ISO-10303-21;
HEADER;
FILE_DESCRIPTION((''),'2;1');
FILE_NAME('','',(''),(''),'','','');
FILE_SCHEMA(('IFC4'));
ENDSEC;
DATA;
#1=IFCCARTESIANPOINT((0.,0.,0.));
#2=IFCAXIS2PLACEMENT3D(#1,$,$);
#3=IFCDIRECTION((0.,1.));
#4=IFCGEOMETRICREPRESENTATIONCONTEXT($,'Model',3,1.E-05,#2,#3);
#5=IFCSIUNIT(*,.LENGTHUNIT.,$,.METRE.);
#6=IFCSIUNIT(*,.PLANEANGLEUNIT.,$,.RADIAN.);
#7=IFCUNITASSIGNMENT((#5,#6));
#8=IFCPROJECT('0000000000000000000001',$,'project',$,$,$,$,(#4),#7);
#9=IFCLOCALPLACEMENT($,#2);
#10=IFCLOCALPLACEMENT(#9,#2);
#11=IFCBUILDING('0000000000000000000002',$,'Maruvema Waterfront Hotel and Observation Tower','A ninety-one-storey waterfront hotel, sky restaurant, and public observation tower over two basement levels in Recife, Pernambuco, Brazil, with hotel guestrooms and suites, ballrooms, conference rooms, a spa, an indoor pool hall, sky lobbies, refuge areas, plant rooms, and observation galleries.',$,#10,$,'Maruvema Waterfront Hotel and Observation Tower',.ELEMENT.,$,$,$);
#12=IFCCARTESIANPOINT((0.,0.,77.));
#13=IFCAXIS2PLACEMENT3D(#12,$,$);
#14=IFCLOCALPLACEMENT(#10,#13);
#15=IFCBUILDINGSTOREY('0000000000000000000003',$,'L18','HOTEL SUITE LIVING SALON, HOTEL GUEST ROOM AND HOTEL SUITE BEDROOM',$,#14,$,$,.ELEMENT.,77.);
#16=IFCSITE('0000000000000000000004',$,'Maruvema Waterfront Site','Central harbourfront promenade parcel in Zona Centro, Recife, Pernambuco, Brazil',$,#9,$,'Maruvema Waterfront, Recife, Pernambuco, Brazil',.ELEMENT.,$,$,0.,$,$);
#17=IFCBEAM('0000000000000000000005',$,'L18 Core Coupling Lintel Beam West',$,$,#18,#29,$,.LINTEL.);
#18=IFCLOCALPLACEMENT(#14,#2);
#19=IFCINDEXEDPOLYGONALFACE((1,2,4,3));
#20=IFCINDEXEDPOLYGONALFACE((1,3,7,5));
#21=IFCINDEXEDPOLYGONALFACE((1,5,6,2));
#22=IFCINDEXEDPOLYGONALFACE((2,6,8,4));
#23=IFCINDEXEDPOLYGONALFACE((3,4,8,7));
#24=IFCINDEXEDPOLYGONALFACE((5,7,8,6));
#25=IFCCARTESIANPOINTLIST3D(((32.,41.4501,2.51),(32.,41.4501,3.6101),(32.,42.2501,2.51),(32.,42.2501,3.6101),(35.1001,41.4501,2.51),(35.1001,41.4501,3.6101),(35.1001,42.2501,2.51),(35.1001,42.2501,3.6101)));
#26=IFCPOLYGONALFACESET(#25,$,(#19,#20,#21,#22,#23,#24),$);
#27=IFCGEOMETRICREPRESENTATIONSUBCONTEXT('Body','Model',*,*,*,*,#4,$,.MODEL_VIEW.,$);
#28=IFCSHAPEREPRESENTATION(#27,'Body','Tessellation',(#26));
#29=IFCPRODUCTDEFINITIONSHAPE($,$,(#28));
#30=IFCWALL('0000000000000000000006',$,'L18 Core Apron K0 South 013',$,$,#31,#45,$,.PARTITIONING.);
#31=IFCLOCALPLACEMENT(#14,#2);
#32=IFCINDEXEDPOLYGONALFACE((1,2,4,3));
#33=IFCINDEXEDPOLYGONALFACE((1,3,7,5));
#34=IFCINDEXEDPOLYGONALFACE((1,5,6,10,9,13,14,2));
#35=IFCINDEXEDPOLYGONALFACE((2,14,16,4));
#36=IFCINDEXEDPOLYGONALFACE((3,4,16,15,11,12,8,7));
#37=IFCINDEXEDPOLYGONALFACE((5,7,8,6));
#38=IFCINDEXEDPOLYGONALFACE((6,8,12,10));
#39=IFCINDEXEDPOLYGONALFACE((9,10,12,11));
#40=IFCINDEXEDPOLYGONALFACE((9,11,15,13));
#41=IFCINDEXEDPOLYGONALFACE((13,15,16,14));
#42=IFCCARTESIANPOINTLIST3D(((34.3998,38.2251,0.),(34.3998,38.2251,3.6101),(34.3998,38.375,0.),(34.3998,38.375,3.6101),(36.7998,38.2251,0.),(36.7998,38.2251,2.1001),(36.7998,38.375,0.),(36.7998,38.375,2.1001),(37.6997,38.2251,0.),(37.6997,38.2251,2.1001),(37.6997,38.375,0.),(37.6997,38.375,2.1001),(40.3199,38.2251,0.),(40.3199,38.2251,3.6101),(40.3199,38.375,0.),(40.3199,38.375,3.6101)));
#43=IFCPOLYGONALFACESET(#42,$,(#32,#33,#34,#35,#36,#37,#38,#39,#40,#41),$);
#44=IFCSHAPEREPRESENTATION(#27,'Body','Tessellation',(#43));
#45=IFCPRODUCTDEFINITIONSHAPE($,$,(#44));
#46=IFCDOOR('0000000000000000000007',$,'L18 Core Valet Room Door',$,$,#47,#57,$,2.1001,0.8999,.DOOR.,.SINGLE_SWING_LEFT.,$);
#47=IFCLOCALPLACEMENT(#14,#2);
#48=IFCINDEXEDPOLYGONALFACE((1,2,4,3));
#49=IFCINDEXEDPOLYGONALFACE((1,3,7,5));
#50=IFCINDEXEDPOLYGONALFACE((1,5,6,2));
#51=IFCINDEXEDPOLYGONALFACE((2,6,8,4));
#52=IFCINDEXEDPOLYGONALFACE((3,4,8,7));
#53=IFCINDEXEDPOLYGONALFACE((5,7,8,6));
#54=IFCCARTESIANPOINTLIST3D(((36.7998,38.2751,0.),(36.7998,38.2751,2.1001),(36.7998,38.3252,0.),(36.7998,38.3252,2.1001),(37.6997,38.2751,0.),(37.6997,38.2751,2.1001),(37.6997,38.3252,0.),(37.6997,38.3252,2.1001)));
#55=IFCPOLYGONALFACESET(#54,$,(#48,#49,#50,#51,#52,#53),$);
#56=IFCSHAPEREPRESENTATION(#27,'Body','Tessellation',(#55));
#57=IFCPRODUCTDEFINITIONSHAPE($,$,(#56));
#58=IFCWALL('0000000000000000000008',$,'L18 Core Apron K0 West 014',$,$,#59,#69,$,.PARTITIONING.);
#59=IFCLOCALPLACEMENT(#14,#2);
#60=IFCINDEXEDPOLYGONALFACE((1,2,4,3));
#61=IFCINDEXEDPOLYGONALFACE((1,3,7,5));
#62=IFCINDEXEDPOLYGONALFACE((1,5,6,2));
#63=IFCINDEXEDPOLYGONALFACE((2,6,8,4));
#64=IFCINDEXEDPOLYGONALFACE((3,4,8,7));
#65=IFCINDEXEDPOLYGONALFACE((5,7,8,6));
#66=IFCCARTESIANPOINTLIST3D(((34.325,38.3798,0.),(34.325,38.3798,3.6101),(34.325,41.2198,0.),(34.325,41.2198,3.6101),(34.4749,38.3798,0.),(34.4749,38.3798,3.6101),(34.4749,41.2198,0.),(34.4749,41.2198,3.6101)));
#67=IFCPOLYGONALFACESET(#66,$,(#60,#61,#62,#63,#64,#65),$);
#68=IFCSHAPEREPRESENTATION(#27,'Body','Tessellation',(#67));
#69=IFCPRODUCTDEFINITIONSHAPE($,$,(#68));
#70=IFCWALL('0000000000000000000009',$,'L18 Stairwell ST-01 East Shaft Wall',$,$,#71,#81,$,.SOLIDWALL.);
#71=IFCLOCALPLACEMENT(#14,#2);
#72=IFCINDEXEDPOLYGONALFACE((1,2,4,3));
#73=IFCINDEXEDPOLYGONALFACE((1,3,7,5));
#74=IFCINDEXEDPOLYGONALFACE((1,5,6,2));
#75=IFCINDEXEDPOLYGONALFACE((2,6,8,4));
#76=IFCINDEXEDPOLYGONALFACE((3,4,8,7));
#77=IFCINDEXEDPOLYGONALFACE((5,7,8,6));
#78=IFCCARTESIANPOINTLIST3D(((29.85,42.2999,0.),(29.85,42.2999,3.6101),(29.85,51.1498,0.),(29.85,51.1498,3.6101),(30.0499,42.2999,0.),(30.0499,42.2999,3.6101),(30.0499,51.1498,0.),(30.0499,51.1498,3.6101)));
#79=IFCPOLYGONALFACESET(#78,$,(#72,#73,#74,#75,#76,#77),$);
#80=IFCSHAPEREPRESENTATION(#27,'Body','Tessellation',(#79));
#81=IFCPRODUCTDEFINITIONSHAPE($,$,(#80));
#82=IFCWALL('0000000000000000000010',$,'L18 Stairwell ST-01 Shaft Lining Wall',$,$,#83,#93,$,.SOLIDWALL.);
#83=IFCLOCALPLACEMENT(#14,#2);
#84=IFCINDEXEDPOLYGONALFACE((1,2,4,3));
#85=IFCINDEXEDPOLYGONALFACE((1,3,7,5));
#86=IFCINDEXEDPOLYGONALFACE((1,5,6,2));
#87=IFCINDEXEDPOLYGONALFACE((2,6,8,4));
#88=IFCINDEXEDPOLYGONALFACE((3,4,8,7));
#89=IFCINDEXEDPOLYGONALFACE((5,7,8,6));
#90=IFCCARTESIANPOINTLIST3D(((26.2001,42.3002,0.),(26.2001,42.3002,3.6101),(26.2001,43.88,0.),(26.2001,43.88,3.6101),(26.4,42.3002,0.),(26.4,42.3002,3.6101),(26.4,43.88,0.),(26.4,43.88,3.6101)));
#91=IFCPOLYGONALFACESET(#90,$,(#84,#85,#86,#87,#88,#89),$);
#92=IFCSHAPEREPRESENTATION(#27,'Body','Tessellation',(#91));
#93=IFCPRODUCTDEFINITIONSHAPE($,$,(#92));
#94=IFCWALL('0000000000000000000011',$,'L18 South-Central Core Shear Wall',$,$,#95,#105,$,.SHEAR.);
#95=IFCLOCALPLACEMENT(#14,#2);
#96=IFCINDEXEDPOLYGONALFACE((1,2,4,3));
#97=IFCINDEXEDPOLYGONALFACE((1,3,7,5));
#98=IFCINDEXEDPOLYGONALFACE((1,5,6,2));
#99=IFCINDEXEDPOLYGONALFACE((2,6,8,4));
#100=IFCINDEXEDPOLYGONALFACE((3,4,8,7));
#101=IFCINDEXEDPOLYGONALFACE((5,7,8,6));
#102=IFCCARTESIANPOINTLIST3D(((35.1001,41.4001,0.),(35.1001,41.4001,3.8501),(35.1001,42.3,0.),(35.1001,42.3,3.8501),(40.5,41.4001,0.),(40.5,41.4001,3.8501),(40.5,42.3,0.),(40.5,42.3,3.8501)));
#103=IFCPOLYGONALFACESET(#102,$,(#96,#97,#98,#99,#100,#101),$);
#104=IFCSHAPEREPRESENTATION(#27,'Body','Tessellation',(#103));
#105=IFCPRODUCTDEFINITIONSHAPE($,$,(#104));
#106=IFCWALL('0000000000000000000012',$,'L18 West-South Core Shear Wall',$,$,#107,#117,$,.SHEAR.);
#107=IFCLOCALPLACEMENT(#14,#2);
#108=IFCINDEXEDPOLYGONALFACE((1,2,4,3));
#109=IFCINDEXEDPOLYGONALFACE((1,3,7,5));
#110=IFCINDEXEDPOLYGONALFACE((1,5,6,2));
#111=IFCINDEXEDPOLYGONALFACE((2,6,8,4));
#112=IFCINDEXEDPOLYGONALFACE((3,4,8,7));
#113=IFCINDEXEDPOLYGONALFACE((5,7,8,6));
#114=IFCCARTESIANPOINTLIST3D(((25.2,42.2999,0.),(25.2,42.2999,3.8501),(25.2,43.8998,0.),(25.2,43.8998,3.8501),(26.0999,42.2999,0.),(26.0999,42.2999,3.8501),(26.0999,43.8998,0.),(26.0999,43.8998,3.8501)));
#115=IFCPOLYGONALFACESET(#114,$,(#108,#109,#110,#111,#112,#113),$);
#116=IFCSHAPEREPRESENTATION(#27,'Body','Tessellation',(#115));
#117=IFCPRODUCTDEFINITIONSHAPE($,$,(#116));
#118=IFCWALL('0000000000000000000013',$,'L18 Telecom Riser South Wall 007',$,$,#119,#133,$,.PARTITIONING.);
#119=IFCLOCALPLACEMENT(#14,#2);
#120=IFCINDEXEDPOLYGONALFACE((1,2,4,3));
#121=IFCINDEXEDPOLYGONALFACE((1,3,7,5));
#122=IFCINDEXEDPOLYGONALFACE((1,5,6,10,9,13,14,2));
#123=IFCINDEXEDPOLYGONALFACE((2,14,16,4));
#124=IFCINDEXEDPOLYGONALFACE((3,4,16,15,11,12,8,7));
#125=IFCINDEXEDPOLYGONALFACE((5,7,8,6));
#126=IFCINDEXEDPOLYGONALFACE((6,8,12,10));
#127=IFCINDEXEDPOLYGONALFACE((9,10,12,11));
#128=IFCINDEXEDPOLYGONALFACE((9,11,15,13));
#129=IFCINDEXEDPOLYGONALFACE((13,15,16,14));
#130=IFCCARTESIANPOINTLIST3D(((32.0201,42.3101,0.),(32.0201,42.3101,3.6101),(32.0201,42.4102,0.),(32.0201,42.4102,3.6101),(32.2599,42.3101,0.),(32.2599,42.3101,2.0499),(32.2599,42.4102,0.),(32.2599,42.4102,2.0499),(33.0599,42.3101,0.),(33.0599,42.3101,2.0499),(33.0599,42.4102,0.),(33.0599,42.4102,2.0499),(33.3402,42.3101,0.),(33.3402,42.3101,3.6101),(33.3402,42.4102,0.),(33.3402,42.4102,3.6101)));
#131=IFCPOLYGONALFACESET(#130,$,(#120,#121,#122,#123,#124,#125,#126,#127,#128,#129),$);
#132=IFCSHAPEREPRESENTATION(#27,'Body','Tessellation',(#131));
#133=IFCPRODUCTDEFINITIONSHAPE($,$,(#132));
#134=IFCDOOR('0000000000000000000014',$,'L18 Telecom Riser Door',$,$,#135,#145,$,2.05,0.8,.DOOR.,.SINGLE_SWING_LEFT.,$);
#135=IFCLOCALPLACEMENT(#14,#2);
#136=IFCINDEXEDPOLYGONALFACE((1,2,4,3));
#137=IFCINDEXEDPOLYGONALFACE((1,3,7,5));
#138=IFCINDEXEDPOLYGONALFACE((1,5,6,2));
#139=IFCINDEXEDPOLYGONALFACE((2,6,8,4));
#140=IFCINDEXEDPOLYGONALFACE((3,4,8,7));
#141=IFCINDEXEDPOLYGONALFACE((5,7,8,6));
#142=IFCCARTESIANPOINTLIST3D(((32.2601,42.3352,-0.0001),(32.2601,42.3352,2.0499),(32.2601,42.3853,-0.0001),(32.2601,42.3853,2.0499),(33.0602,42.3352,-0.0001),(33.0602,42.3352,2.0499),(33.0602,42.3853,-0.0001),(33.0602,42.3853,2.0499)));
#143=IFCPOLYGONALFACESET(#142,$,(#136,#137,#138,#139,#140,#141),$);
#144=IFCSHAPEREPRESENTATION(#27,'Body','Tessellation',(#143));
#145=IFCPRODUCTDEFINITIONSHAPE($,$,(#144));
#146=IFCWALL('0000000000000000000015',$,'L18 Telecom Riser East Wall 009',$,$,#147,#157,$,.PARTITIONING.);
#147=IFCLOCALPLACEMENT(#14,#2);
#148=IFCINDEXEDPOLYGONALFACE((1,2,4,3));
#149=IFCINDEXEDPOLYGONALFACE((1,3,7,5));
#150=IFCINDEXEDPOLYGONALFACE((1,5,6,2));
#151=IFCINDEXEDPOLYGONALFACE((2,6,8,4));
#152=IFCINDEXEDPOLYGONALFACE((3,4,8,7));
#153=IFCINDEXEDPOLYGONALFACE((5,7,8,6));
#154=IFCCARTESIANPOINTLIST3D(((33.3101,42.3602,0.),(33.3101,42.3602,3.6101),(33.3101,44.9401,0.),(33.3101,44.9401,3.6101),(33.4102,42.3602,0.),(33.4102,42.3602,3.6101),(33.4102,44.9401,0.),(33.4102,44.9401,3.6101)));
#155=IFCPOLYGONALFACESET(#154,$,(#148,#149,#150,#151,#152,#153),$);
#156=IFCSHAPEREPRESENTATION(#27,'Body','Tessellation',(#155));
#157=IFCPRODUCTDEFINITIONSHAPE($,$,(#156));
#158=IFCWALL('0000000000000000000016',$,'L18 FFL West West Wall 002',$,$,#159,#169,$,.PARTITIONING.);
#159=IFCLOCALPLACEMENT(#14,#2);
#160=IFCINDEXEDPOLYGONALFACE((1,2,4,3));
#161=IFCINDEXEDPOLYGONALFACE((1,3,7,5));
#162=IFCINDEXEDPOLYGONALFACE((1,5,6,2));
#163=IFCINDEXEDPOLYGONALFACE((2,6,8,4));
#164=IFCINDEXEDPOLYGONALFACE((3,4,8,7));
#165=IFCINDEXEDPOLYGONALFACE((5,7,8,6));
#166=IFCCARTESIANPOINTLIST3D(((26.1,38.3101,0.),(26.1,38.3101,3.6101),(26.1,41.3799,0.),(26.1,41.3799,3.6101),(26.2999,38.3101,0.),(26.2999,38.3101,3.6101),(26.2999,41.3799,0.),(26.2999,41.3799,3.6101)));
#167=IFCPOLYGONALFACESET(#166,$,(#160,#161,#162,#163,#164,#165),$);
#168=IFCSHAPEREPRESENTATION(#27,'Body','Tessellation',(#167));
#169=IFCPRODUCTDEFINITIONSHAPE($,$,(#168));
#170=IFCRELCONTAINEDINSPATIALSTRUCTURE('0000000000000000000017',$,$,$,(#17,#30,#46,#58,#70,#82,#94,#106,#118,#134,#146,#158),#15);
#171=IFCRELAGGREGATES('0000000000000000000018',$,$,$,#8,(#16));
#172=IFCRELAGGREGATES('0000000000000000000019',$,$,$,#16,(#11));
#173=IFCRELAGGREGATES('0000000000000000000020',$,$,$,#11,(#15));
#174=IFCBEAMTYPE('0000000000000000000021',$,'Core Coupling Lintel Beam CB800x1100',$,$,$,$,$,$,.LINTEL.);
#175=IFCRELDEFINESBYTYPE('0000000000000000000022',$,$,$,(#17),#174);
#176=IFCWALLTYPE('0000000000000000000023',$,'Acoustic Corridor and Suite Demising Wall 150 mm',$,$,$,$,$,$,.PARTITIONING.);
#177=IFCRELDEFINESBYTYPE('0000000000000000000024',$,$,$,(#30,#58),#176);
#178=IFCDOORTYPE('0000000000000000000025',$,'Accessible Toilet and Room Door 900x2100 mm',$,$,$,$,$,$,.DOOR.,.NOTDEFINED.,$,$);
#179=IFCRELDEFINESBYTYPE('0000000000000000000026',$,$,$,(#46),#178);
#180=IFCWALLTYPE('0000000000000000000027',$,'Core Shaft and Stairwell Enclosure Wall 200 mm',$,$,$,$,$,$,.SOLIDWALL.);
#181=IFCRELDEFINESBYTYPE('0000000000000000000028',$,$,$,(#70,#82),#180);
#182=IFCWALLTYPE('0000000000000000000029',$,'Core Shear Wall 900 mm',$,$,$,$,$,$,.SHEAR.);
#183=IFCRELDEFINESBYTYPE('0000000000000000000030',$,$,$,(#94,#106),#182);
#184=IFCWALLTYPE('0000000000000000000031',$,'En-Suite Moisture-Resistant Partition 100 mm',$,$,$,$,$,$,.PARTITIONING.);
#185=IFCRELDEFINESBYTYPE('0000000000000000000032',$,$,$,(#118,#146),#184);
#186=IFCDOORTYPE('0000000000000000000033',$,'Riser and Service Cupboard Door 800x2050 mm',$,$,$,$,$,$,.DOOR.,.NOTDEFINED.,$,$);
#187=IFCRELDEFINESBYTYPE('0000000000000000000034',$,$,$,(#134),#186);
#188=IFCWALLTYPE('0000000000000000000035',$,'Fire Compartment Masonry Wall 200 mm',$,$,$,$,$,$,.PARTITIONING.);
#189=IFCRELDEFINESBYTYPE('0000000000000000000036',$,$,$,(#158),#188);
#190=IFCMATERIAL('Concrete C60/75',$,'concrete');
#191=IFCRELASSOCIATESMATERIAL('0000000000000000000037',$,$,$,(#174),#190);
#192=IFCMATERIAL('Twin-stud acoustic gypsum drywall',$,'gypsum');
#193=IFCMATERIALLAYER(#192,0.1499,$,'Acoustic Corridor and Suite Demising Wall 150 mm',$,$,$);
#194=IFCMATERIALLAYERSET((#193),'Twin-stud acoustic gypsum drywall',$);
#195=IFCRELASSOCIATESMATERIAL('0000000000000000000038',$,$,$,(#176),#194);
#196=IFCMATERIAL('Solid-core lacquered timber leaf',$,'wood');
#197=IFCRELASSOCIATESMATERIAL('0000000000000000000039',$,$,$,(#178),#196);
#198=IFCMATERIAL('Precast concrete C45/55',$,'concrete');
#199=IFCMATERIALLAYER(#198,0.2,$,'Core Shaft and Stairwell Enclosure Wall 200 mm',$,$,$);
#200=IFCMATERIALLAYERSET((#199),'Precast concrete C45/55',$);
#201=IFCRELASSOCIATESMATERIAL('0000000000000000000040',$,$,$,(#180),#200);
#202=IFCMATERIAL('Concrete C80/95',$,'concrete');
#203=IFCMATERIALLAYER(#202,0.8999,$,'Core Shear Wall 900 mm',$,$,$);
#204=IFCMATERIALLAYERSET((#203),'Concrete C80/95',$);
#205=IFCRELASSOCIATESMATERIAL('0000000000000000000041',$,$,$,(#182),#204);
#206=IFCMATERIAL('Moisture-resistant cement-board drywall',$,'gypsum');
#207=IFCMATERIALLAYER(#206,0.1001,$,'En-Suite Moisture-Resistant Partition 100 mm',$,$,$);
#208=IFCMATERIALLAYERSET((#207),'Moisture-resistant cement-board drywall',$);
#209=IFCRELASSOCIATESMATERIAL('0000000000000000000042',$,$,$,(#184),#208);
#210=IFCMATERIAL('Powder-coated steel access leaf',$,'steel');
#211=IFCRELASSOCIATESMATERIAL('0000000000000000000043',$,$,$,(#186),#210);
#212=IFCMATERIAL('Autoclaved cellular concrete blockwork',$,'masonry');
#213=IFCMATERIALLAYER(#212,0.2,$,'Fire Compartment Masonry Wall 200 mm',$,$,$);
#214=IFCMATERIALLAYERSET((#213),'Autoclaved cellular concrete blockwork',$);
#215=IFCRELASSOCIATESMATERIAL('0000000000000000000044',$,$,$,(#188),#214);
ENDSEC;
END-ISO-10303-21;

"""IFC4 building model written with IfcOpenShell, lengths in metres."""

from ifc_helpers import new_model, si_unit, direction, frame, frame_2d, origin, origin_2d, place, context, subcontext, project, spatial, rectangle, extrude, material, layer, layer_set, material_profile, profile_set, type_object, element, fill, save


model = new_model("IFC4")

# Units and contexts
model_context = context("Model", 3, precision=1e-05, world=origin(), true_north=direction((0.0, 1.0)))
body_context = subcontext(model_context, "Body", "Model", "MODEL_VIEW")
ifc_project = project(units=[si_unit("LENGTHUNIT", "METRE"), si_unit("PLANEANGLEUNIT", "RADIAN")], contexts=[model_context])

# Site, building, storey
site_placement = place(None, origin())
site = spatial("IfcSite", under=ifc_project, at=site_placement, Name="Maruvema Waterfront Site", Description="Central harbourfront promenade parcel in Zona Centro, Recife, Pernambuco, Brazil", LongName="Maruvema Waterfront, Recife, Pernambuco, Brazil", CompositionType="ELEMENT", RefElevation=0.0)
building_placement = place(site_placement, origin())
building = spatial("IfcBuilding", under=site, at=building_placement, Name="Maruvema Waterfront Hotel and Observation Tower", Description="A ninety-one-storey waterfront hotel, sky restaurant, and public observation tower over two basement levels in Recife, Pernambuco, Brazil, with hotel guestrooms and suites, ballrooms, conference rooms, a spa, an indoor pool hall, sky lobbies, refuge areas, plant rooms, and observation galleries.", LongName="Maruvema Waterfront Hotel and Observation Tower", CompositionType="ELEMENT")
storey_placement = place(building_placement, frame((0.0, 0.0, 77.0)))
storey = spatial("IfcBuildingStorey", under=building, at=storey_placement, Name="L18", Description="HOTEL SUITE LIVING SALON, HOTEL GUEST ROOM AND HOTEL SUITE BEDROOM", CompositionType="ELEMENT", Elevation=77.0)

# Beam
ifc_material_1 = material(Name="Concrete C60/75", Category="concrete")
ifc_material_profile = material_profile(ifc_material_1, rectangle(XDim=0.8, YDim=1.1001, at=origin_2d()), Name="CB800x1100")
ifc_profile_set = profile_set([ifc_material_profile], Name="Concrete C60/75")
beam_type = type_object("IfcBeamType", Name="Core Coupling Lintel Beam CB800x1100", PredefinedType="LINTEL", material=ifc_profile_set)
beam_placement = place(storey_placement, frame((32.0, 41.8501, 3.0601), z_axis=(1.0, 0.0, 0.0), x_axis=(0.0, 1.0, 0.0)))
element("IfcBeam", 1, at=beam_placement, inside=storey, type_object=beam_type, Name="L18 Core Coupling Lintel Beam West", PredefinedType="LINTEL", context=body_context, shape_type="SweptSolid", body=[
    extrude(rectangle(XDim=0.8, YDim=1.1001, at=origin_2d()), origin(), (0.0, 0.0, 1.0), 3.1001),
])

# Wall, opening, door
ifc_material_2 = material(Name="Twin-stud acoustic gypsum drywall", Category="gypsum")
ifc_layer_1 = layer(ifc_material_2, 0.1499, Name="Acoustic Corridor and Suite Demising Wall 150 mm")
ifc_layer_set_1 = layer_set([ifc_layer_1], Name="Twin-stud acoustic gypsum drywall")
wall_type_1 = type_object("IfcWallType", Name="Acoustic Corridor and Suite Demising Wall 150 mm", PredefinedType="PARTITIONING", material=ifc_layer_set_1)
wall_1_placement = place(storey_placement, frame((34.3999, 38.3, 0.0), z_axis=(0.0, 0.0, 1.0), x_axis=(1.0, 0.0, 0.0)))
wall_1 = element("IfcWall", 2, at=wall_1_placement, inside=storey, type_object=wall_type_1, Name="L18 Core Apron K0 South 013", PredefinedType="PARTITIONING", context=body_context, shape_type="SweptSolid", body=[
    extrude(rectangle(XDim=5.9202, YDim=0.1499, at=frame_2d((2.96, 0.0))), origin(), (0.0, 0.0, 1.0), 3.6101),
])
opening_1_placement = place(wall_1_placement, frame((2.3999, 0.0, 0.0)))
opening_1 = element("IfcOpeningElement", 3, at=opening_1_placement, cuts=wall_1, PredefinedType="OPENING", context=body_context, shape_type="SweptSolid", body=[
    extrude(rectangle(XDim=0.8999, YDim=2.1001, at=frame_2d((0.45, 1.05))), frame((0.0, 0.085, 0.0), z_axis=(0.0, -1.0, 0.0), x_axis=(1.0, 0.0, 0.0)), (0.0, 0.0, 1.0), 0.1699),
])
ifc_material_3 = material(Name="Solid-core lacquered timber leaf", Category="wood")
door_type_1 = type_object("IfcDoorType", Name="Accessible Toilet and Room Door 900x2100 mm", OperationType="NOTDEFINED", PredefinedType="DOOR", material=ifc_material_3)
door_1_placement = place(opening_1_placement, frame((0.8999, 0.0, 0.0), z_axis=(0.0, 0.0, 1.0), x_axis=(-1.0, 0.0, 0.0)))
door_1 = element("IfcDoor", 4, at=door_1_placement, inside=storey, type_object=door_type_1, Name="L18 Core Valet Room Door", OperationType="SINGLE_SWING_LEFT", OverallHeight=2.1001, OverallWidth=0.8999, PredefinedType="DOOR", context=body_context, shape_type="SweptSolid", body=[
    extrude(rectangle(XDim=0.8999, YDim=2.1001, at=frame_2d((0.45, 1.05))), frame((0.0, 0.0249, 0.0), z_axis=(0.0, -1.0, 0.0), x_axis=(1.0, 0.0, 0.0)), (0.0, 0.0, 1.0), 0.05),
])
fill(opening_1, door_1)

# Wall
wall_2_placement = place(storey_placement, frame((34.3999, 38.3799, 0.0), z_axis=(0.0, 0.0, 1.0), x_axis=(0.0, 1.0, 0.0)))
element("IfcWall", 5, at=wall_2_placement, inside=storey, type_object=wall_type_1, Name="L18 Core Apron K0 West 014", PredefinedType="PARTITIONING", context=body_context, shape_type="SweptSolid", body=[
    extrude(rectangle(XDim=2.8401, YDim=0.1499, at=frame_2d((1.4199, 0.0))), origin(), (0.0, 0.0, 1.0), 3.6101),
])

# Walls
ifc_material_4 = material(Name="Precast concrete C45/55", Category="concrete")
ifc_layer_2 = layer(ifc_material_4, 0.2, Name="Core Shaft and Stairwell Enclosure Wall 200 mm")
ifc_layer_set_2 = layer_set([ifc_layer_2], Name="Precast concrete C45/55")
wall_type_2 = type_object("IfcWallType", Name="Core Shaft and Stairwell Enclosure Wall 200 mm", PredefinedType="SOLIDWALL", material=ifc_layer_set_2)
wall_3_placement = place(storey_placement, frame((29.95, 42.3, 0.0), z_axis=(0.0, 0.0, 1.0), x_axis=(0.0, 1.0, 0.0)))
element("IfcWall", 6, at=wall_3_placement, inside=storey, type_object=wall_type_2, Name="L18 Stairwell ST-01 East Shaft Wall", PredefinedType="SOLIDWALL", context=body_context, shape_type="SweptSolid", body=[
    extrude(rectangle(XDim=8.8499, YDim=0.2, at=frame_2d((4.4248, 0.0))), origin(), (0.0, 0.0, 1.0), 3.6101),
])
wall_4_placement = place(storey_placement, frame((26.3, 42.3, 0.0), z_axis=(0.0, 0.0, 1.0), x_axis=(0.0, 1.0, 0.0)))
element("IfcWall", 7, at=wall_4_placement, inside=storey, type_object=wall_type_2, Name="L18 Stairwell ST-01 Shaft Lining Wall", PredefinedType="SOLIDWALL", context=body_context, shape_type="SweptSolid", body=[
    extrude(rectangle(XDim=1.5798, YDim=0.2, at=frame_2d((0.79, 0.0))), origin(), (0.0, 0.0, 1.0), 3.6101),
])

# Shared definitions
ifc_material_5 = material(Name="Concrete C80/95", Category="concrete")
ifc_layer_3 = layer(ifc_material_5, 0.8999, Name="Core Shear Wall 900 mm")
ifc_layer_set_3 = layer_set([ifc_layer_3], Name="Concrete C80/95")
wall_type_3 = type_object("IfcWallType", Name="Core Shear Wall 900 mm", PredefinedType="SHEAR", material=ifc_layer_set_3)

# Walls
wall_5_placement = place(storey_placement, frame((35.1001, 41.8501, 0.0), z_axis=(0.0, 0.0, 1.0), x_axis=(1.0, 0.0, 0.0)))
element("IfcWall", 8, at=wall_5_placement, inside=storey, type_object=wall_type_3, Name="L18 South-Central Core Shear Wall", PredefinedType="SHEAR", context=body_context, shape_type="SweptSolid", body=[
    extrude(rectangle(XDim=5.3999, YDim=0.8999, at=frame_2d((2.7, 0.0))), origin(), (0.0, 0.0, 1.0), 3.8501),
])
wall_6_placement = place(storey_placement, frame((25.6499, 42.3, 0.0), z_axis=(0.0, 0.0, 1.0), x_axis=(0.0, 1.0, 0.0)))
element("IfcWall", 9, at=wall_6_placement, inside=storey, type_object=wall_type_3, Name="L18 West-South Core Shear Wall", PredefinedType="SHEAR", context=body_context, shape_type="SweptSolid", body=[
    extrude(rectangle(XDim=1.5999, YDim=0.8999, at=frame_2d((0.7998, 0.0))), origin(), (0.0, 0.0, 1.0), 3.8501),
])

# Wall, opening, door
ifc_material_6 = material(Name="Moisture-resistant cement-board drywall", Category="gypsum")
ifc_layer_4 = layer(ifc_material_6, 0.1001, Name="En-Suite Moisture-Resistant Partition 100 mm")
ifc_layer_set_4 = layer_set([ifc_layer_4], Name="Moisture-resistant cement-board drywall")
wall_type_4 = type_object("IfcWallType", Name="En-Suite Moisture-Resistant Partition 100 mm", PredefinedType="PARTITIONING", material=ifc_layer_set_4)
wall_7_placement = place(storey_placement, frame((32.02, 42.3601, 0.0), z_axis=(0.0, 0.0, 1.0), x_axis=(1.0, 0.0, 0.0)))
wall_7 = element("IfcWall", 10, at=wall_7_placement, inside=storey, type_object=wall_type_4, Name="L18 Telecom Riser South Wall 007", PredefinedType="PARTITIONING", context=body_context, shape_type="SweptSolid", body=[
    extrude(rectangle(XDim=1.3201, YDim=0.1001, at=frame_2d((0.6602, 0.0))), origin(), (0.0, 0.0, 1.0), 3.6101),
])
opening_2_placement = place(wall_7_placement, frame((0.24, 0.0, 0.0)))
opening_2 = element("IfcOpeningElement", 11, at=opening_2_placement, cuts=wall_7, PredefinedType="OPENING", context=body_context, shape_type="SweptSolid", body=[
    extrude(rectangle(XDim=0.8, YDim=2.05, at=frame_2d((0.3999, 1.0249))), frame((0.0, 0.0601, 0.0), z_axis=(0.0, -1.0, 0.0), x_axis=(1.0, 0.0, 0.0)), (0.0, 0.0, 1.0), 0.1201),
])
ifc_material_7 = material(Name="Powder-coated steel access leaf", Category="steel")
door_type_2 = type_object("IfcDoorType", Name="Riser and Service Cupboard Door 800x2050 mm", OperationType="NOTDEFINED", PredefinedType="DOOR", material=ifc_material_7)
door_2_placement = place(opening_2_placement, frame((0.8, 0.0, 0.0), z_axis=(0.0, 0.0, 1.0), x_axis=(-1.0, 0.0, 0.0)))
door_2 = element("IfcDoor", 12, at=door_2_placement, inside=storey, type_object=door_type_2, Name="L18 Telecom Riser Door", OperationType="SINGLE_SWING_LEFT", OverallHeight=2.05, OverallWidth=0.8, PredefinedType="DOOR", context=body_context, shape_type="SweptSolid", body=[
    extrude(rectangle(XDim=0.8, YDim=2.05, at=frame_2d((0.3999, 1.0249))), frame((0.0, 0.0249, 0.0), z_axis=(0.0, -1.0, 0.0), x_axis=(1.0, 0.0, 0.0)), (0.0, 0.0, 1.0), 0.05),
])
fill(opening_2, door_2)

# Walls
wall_8_placement = place(storey_placement, frame((33.3601, 42.3601, 0.0), z_axis=(0.0, 0.0, 1.0), x_axis=(0.0, 1.0, 0.0)))
element("IfcWall", 13, at=wall_8_placement, inside=storey, type_object=wall_type_4, Name="L18 Telecom Riser East Wall 009", PredefinedType="PARTITIONING", context=body_context, shape_type="SweptSolid", body=[
    extrude(rectangle(XDim=2.5798, YDim=0.1001, at=frame_2d((1.29, 0.0))), origin(), (0.0, 0.0, 1.0), 3.6101),
])
ifc_material_8 = material(Name="Autoclaved cellular concrete blockwork", Category="masonry")
ifc_layer_5 = layer(ifc_material_8, 0.2, Name="Fire Compartment Masonry Wall 200 mm")
ifc_layer_set_5 = layer_set([ifc_layer_5], Name="Autoclaved cellular concrete blockwork")
wall_type_5 = type_object("IfcWallType", Name="Fire Compartment Masonry Wall 200 mm", PredefinedType="PARTITIONING", material=ifc_layer_set_5)
for number, where, z_axis, x_axis, name in (
    (14, (26.2, 38.3101, 0.0), (0.0, 0.0, 1.0), (0.0, 1.0, 0.0), "L18 FFL West West Wall 002"),
):
    element("IfcWall", number, at=place(storey_placement, frame(where, z_axis=z_axis, x_axis=x_axis)), inside=storey, type_object=wall_type_5, Name=name, PredefinedType="PARTITIONING", context=body_context, shape_type="SweptSolid", body=[
        extrude(rectangle(XDim=3.0698, YDim=0.2, at=frame_2d((1.5349, 0.0))), origin(), (0.0, 0.0, 1.0), 3.6101),
    ])

save(model, "model.ifc")
